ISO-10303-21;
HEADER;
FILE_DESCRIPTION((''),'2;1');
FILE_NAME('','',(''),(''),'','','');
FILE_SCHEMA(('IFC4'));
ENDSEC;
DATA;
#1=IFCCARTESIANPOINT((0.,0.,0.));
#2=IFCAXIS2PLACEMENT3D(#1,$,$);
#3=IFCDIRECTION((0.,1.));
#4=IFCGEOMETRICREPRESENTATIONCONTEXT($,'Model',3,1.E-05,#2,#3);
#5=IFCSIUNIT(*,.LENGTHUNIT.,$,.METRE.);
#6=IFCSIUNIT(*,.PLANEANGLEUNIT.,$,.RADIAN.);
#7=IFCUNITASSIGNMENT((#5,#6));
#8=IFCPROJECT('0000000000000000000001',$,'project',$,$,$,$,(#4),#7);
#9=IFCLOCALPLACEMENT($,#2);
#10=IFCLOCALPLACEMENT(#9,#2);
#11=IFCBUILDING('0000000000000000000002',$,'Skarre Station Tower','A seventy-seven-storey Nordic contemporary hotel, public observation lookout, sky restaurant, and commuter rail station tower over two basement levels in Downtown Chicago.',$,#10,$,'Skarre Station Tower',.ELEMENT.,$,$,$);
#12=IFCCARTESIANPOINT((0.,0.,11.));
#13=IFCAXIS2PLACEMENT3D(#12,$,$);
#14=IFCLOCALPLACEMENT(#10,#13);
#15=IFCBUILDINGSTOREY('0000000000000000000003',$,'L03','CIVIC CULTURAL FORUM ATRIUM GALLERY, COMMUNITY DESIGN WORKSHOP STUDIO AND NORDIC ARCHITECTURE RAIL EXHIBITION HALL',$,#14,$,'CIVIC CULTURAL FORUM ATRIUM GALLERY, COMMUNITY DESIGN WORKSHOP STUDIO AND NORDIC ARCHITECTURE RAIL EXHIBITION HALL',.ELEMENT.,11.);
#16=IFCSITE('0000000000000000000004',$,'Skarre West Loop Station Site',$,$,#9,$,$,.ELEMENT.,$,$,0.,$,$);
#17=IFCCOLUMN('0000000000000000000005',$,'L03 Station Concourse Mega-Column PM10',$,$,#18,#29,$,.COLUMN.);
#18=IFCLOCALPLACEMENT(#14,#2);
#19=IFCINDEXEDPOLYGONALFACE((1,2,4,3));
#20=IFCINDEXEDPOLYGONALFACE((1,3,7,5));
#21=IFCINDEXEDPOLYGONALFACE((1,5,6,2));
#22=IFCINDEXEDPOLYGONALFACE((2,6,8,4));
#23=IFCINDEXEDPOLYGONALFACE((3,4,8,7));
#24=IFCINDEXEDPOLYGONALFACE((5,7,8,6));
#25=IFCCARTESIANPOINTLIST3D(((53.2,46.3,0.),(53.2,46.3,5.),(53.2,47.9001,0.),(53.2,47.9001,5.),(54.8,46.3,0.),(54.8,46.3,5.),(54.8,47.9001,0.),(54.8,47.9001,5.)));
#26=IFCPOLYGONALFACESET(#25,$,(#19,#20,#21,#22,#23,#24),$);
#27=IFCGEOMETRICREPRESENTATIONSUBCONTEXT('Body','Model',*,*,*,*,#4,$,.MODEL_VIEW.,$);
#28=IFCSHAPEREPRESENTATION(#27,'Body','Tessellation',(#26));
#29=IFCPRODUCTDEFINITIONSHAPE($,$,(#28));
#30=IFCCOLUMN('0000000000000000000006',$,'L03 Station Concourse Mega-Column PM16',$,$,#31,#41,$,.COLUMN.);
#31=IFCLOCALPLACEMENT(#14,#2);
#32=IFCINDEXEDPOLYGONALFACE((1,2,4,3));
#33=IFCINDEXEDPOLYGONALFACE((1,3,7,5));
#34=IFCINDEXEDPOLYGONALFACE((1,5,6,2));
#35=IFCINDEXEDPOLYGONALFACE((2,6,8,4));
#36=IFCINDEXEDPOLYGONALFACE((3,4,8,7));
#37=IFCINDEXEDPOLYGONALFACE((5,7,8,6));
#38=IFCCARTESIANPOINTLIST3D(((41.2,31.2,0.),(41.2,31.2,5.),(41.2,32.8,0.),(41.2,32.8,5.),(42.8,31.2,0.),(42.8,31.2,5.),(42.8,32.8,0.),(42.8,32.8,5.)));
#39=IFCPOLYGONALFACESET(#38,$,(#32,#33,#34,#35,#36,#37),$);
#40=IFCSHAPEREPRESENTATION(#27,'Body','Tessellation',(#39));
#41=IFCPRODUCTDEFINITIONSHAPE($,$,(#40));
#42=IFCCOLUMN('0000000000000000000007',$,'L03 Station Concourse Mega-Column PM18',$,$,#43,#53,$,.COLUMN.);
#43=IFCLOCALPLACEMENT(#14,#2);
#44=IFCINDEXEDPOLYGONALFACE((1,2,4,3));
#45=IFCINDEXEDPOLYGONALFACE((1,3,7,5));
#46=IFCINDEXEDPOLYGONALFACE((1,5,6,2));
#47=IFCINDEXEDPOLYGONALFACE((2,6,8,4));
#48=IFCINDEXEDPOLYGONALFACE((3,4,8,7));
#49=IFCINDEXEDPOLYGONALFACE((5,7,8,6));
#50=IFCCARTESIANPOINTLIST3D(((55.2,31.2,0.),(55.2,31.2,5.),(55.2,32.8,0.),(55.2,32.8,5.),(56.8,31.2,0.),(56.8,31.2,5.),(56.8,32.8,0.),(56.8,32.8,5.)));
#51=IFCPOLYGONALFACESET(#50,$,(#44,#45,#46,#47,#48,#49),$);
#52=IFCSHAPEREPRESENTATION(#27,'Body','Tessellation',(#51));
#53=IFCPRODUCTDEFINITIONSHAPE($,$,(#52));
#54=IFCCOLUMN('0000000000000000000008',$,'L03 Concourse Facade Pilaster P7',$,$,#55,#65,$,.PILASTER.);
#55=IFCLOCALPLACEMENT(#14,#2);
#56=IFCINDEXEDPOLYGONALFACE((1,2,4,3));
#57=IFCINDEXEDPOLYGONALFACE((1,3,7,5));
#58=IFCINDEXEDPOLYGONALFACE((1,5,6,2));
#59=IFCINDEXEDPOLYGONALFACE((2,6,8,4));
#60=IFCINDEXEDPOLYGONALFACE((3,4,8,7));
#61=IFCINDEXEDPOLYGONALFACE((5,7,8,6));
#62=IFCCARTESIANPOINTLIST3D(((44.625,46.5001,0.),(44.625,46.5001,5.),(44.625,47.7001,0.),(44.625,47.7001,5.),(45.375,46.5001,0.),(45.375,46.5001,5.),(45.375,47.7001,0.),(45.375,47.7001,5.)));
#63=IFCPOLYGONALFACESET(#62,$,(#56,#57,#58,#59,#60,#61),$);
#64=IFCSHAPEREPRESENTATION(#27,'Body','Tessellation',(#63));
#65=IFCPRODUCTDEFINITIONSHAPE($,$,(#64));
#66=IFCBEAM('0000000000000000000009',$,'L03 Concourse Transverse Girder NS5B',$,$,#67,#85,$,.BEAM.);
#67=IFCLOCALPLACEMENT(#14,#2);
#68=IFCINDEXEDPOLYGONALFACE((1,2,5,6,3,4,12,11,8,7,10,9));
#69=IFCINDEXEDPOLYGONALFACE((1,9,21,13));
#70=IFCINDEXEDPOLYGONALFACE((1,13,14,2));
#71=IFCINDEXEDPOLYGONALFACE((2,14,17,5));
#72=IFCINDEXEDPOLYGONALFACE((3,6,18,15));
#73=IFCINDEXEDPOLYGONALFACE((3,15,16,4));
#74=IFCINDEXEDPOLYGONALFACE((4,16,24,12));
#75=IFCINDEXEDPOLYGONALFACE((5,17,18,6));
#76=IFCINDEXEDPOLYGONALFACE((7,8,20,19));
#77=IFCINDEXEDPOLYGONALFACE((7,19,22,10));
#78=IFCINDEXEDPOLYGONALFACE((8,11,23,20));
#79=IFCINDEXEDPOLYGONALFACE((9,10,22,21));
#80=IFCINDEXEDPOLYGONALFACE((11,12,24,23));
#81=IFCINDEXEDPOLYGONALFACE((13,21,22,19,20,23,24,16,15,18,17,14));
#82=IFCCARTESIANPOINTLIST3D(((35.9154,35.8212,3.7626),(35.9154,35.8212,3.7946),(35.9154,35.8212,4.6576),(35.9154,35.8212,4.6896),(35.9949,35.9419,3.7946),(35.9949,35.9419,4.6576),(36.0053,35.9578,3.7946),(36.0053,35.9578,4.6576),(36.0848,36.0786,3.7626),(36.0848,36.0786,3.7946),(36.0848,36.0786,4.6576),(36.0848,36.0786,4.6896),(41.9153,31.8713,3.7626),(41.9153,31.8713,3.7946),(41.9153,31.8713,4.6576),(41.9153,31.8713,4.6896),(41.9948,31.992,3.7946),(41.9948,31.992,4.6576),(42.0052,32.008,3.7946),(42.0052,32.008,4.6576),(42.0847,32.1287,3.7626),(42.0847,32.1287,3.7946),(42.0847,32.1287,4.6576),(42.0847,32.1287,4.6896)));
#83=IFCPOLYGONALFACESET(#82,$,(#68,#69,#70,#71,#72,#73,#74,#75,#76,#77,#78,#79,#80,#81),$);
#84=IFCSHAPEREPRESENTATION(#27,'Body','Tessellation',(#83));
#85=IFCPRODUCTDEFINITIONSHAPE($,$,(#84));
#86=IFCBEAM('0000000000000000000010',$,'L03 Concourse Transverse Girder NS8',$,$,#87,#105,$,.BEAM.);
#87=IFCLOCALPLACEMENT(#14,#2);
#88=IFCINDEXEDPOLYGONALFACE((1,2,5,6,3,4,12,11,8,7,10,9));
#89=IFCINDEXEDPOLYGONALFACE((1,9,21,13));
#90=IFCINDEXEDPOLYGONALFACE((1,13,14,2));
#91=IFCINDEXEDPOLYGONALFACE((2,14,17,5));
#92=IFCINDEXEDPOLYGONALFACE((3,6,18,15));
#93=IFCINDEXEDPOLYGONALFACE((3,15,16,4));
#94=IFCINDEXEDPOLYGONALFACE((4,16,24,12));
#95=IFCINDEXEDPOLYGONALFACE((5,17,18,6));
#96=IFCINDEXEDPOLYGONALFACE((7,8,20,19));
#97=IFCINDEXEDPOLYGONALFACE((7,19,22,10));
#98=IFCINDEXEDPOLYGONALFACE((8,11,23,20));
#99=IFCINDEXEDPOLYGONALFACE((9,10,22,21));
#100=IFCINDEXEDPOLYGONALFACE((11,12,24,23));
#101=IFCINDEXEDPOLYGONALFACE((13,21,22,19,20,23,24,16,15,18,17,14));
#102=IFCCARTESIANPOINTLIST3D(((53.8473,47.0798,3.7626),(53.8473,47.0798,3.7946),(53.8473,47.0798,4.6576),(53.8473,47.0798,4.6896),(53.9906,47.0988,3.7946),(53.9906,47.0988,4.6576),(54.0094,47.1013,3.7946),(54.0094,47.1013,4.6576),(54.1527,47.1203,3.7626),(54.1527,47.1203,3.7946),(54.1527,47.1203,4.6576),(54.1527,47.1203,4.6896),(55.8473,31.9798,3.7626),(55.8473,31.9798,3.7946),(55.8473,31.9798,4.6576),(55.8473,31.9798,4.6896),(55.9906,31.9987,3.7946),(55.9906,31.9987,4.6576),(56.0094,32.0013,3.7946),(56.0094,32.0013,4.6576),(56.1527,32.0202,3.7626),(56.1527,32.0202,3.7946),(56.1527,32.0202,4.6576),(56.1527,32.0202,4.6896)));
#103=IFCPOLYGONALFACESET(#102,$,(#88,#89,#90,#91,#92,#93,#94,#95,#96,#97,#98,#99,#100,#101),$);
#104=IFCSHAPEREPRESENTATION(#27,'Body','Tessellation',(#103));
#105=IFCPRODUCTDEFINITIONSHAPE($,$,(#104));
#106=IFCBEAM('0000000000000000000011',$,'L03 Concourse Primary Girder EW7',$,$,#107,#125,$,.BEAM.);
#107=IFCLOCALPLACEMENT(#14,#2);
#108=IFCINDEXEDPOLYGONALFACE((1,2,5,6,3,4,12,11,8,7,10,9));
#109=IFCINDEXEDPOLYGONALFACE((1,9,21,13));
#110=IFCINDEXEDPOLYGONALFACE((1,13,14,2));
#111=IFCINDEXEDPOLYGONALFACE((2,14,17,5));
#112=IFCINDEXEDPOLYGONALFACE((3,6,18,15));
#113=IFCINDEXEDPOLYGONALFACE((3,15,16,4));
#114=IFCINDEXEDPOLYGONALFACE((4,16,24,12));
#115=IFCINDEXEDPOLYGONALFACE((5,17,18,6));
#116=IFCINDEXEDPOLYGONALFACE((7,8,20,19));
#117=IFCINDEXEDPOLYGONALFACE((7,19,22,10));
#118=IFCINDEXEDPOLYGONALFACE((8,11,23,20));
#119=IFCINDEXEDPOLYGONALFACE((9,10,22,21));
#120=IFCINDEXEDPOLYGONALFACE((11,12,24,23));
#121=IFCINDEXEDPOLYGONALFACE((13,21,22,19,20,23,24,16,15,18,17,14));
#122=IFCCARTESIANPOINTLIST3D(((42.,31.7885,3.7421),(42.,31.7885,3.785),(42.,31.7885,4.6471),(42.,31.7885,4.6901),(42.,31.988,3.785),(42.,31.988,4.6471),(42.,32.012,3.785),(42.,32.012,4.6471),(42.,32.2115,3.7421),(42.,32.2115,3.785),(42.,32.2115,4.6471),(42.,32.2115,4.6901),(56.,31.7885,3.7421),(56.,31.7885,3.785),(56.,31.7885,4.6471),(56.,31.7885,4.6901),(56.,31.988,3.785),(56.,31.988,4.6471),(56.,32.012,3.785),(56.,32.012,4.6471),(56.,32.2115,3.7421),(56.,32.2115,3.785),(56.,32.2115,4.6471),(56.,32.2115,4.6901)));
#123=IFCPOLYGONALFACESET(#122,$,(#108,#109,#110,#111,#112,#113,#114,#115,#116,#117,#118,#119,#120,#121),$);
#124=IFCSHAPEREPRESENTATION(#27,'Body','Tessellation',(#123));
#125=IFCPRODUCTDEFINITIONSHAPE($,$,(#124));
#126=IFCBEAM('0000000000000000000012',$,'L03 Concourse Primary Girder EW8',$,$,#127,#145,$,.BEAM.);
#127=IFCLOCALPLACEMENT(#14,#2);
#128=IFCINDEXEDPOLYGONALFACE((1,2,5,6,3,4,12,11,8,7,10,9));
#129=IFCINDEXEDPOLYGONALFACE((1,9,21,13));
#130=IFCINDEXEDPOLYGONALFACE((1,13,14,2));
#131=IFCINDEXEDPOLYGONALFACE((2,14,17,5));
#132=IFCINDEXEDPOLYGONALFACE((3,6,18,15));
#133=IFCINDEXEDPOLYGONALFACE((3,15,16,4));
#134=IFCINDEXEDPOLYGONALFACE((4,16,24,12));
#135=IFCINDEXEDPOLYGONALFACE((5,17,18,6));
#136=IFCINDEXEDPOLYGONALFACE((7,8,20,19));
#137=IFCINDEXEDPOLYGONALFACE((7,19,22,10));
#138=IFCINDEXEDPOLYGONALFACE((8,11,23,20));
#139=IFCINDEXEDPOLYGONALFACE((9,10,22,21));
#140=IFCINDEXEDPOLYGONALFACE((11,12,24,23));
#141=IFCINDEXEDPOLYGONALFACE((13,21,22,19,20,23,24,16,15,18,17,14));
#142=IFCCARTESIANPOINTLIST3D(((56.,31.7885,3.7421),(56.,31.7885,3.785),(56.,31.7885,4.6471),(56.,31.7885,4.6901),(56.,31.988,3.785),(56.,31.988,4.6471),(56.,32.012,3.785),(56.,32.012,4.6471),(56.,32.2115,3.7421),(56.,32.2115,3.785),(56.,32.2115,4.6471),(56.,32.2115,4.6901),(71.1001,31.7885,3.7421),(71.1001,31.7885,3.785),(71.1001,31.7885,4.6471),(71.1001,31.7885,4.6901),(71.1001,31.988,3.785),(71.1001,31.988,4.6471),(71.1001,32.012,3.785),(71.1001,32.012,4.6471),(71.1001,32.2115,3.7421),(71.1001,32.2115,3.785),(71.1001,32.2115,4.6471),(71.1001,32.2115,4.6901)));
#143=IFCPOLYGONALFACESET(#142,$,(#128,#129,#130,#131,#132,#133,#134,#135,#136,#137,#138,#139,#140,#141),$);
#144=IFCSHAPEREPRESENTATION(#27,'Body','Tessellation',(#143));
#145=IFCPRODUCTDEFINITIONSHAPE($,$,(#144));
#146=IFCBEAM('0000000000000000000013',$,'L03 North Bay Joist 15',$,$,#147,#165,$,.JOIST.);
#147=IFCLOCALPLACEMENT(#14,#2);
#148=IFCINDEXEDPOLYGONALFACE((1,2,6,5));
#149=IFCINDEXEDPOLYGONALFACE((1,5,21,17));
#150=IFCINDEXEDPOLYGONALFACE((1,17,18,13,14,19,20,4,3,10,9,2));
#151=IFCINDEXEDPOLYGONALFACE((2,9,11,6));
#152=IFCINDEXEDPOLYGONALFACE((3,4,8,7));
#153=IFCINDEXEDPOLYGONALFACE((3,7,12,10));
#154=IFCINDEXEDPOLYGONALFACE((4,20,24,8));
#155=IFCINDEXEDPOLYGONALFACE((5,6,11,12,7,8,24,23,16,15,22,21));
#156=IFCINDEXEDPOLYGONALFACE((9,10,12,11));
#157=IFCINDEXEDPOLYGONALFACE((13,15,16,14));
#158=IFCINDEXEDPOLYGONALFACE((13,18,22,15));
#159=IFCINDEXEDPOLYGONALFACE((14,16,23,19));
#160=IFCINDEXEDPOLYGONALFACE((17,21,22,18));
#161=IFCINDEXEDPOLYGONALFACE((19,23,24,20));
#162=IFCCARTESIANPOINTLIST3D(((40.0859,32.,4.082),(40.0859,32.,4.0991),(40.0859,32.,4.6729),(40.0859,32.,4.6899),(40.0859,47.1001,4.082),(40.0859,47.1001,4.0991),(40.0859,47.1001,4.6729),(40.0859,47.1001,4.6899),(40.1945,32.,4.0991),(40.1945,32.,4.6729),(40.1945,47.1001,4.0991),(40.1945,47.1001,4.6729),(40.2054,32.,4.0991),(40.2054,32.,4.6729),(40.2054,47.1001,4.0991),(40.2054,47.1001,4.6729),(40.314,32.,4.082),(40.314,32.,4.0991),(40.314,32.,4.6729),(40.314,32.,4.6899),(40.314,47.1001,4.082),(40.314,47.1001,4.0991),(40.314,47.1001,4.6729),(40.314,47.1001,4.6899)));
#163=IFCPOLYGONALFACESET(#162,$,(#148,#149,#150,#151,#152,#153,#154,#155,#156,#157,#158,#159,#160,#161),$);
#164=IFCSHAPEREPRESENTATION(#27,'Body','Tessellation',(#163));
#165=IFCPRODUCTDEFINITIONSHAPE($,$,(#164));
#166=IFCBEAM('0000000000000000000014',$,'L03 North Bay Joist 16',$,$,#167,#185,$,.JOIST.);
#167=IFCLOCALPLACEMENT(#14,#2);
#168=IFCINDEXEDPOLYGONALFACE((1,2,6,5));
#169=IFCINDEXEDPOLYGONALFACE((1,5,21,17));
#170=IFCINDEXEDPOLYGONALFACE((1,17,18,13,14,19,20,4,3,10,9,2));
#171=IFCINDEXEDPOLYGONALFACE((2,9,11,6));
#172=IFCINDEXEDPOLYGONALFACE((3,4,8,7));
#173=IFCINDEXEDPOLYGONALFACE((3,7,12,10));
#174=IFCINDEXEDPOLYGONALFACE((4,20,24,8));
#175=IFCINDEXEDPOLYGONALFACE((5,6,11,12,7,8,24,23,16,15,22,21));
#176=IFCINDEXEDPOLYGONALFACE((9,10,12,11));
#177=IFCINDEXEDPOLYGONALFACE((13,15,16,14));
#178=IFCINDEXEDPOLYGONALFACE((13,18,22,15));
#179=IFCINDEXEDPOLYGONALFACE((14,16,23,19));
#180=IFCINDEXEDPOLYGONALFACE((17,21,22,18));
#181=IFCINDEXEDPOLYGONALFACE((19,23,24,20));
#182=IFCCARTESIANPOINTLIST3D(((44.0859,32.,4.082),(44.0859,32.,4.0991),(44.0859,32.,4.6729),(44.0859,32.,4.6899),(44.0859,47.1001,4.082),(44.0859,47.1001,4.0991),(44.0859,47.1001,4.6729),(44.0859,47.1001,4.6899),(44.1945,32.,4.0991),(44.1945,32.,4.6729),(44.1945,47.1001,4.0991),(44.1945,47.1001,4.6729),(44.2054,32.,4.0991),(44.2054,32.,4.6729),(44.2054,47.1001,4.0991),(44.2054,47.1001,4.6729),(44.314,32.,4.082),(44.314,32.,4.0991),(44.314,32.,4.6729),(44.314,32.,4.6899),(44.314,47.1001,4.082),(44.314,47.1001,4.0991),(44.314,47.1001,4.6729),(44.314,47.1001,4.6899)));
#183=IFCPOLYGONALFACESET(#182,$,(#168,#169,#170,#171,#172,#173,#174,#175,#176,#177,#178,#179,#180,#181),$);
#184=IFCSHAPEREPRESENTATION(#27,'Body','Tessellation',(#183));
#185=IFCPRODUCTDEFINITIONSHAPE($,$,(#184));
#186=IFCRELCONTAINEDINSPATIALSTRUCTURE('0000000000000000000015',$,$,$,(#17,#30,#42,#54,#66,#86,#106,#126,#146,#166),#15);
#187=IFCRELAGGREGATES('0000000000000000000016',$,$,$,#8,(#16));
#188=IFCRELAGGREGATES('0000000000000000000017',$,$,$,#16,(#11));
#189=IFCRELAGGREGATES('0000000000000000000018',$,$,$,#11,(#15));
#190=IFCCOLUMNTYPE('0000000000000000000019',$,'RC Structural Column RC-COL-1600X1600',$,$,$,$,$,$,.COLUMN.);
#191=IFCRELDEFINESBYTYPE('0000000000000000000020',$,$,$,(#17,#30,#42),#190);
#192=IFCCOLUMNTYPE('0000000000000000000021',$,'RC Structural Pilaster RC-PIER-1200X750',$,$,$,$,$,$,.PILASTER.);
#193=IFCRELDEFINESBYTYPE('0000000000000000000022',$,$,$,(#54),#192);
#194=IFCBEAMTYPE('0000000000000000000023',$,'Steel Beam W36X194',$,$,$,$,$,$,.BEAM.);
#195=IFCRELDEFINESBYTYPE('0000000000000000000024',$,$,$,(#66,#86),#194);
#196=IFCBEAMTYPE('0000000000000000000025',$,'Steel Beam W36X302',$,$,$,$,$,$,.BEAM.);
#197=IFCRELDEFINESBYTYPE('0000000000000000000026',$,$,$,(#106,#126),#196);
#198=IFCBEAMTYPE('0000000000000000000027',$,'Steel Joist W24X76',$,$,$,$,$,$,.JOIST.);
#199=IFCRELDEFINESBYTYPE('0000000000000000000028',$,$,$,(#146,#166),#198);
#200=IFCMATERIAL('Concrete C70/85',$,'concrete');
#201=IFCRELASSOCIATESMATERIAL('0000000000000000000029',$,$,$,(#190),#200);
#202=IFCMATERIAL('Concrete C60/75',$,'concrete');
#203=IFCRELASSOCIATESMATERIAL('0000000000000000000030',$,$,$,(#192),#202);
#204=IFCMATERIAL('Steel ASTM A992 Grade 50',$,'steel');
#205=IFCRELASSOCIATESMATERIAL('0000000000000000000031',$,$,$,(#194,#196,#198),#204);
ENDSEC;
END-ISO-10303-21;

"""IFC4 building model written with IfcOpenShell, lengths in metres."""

from ifc_helpers import new_model, si_unit, direction, frame, origin, origin_2d, place, context, subcontext, project, spatial, rectangle, i_section, extrude, material, material_profile, profile_set, type_object, element, save


model = new_model("IFC4")

# Units and contexts
model_context = context("Model", 3, precision=1e-05, world=origin(), true_north=direction((0.0, 1.0)))
body_context = subcontext(model_context, "Body", "Model", "MODEL_VIEW")
ifc_project = project(units=[si_unit("LENGTHUNIT", "METRE"), si_unit("PLANEANGLEUNIT", "RADIAN")], contexts=[model_context])

# Site, building, storey
site_placement = place(None, origin())
site = spatial("IfcSite", under=ifc_project, at=site_placement, Name="Skarre West Loop Station Site", CompositionType="ELEMENT", RefElevation=0.0)
building_placement = place(site_placement, origin())
building = spatial("IfcBuilding", under=site, at=building_placement, Name="Skarre Station Tower", Description="A seventy-seven-storey Nordic contemporary hotel, public observation lookout, sky restaurant, and commuter rail station tower over two basement levels in Downtown Chicago.", LongName="Skarre Station Tower", CompositionType="ELEMENT")
storey_placement = place(building_placement, frame((0.0, 0.0, 11.0)))
storey = spatial("IfcBuildingStorey", under=building, at=storey_placement, Name="L03", Description="CIVIC CULTURAL FORUM ATRIUM GALLERY, COMMUNITY DESIGN WORKSHOP STUDIO AND NORDIC ARCHITECTURE RAIL EXHIBITION HALL", LongName="CIVIC CULTURAL FORUM ATRIUM GALLERY, COMMUNITY DESIGN WORKSHOP STUDIO AND NORDIC ARCHITECTURE RAIL EXHIBITION HALL", CompositionType="ELEMENT", Elevation=11.0)

# Columns
ifc_material_1 = material(Name="Concrete C70/85", Category="concrete")
ifc_material_profile_1 = material_profile(ifc_material_1, rectangle(XDim=1.6001, YDim=1.6001, at=origin_2d()), Name="Concrete C70/85")
ifc_profile_set_1 = profile_set([ifc_material_profile_1], Name="Concrete C70/85")
column_type_1 = type_object("IfcColumnType", Name="RC Structural Column RC-COL-1600X1600", PredefinedType="COLUMN", material=ifc_profile_set_1)
for number, where, z_axis, x_axis, name in (
    (1, (54.0, 47.1001, 0.0), (0.0, 0.0, 1.0), (1.0, 0.0, 0.0), "L03 Station Concourse Mega-Column PM10"),
    (2, (42.0, 32.0, 0.0), (0.0, 0.0, 1.0), (1.0, 0.0, 0.0), "L03 Station Concourse Mega-Column PM16"),
    (3, (56.0, 32.0, 0.0), (0.0, 0.0, 1.0), (1.0, 0.0, 0.0), "L03 Station Concourse Mega-Column PM18"),
):
    element("IfcColumn", number, at=place(storey_placement, frame(where, z_axis=z_axis, x_axis=x_axis)), inside=storey, type_object=column_type_1, Name=name, PredefinedType="COLUMN", context=body_context, shape_type="SweptSolid", body=[
        extrude(rectangle(XDim=1.6001, YDim=1.6001, at=origin_2d()), origin(), (0.0, 0.0, 1.0), 5.0),
    ])
ifc_material_2 = material(Name="Concrete C60/75", Category="concrete")
ifc_material_profile_2 = material_profile(ifc_material_2, rectangle(XDim=0.75, YDim=1.2, at=origin_2d()), Name="Concrete C60/75")
ifc_profile_set_2 = profile_set([ifc_material_profile_2], Name="Concrete C60/75")
column_type_2 = type_object("IfcColumnType", Name="RC Structural Pilaster RC-PIER-1200X750", PredefinedType="PILASTER", material=ifc_profile_set_2)
column_placement = place(storey_placement, frame((45.0, 47.1001, 0.0), z_axis=(0.0, 0.0, 1.0), x_axis=(1.0, 0.0, 0.0)))
element("IfcColumn", 4, at=column_placement, inside=storey, type_object=column_type_2, Name="L03 Concourse Facade Pilaster P7", PredefinedType="PILASTER", context=body_context, shape_type="SweptSolid", body=[
    extrude(rectangle(XDim=0.75, YDim=1.2, at=origin_2d()), origin(), (0.0, 0.0, 1.0), 5.0),
])

# Beams
ifc_material_3 = material(Name="Steel ASTM A992 Grade 50", Category="steel")
ifc_material_profile_3 = material_profile(ifc_material_3, i_section(OverallWidth=0.3081, OverallDepth=0.927, WebThickness=0.019, FlangeThickness=0.032, at=origin_2d()), Name="Steel ASTM A992 Grade 50")
ifc_profile_set_3 = profile_set([ifc_material_profile_3], Name="Steel ASTM A992 Grade 50")
beam_type_1 = type_object("IfcBeamType", Name="Steel Beam W36X194", PredefinedType="BEAM", material=ifc_profile_set_3)
beam_1_placement = place(storey_placement, frame((42.0, 32.0, 4.2261), z_axis=(-0.835252, 0.549867, 0.0), x_axis=(-0.549867, -0.835252, 0.0)))
element("IfcBeam", 5, at=beam_1_placement, inside=storey, type_object=beam_type_1, Name="L03 Concourse Transverse Girder NS5B", PredefinedType="BEAM", context=body_context, shape_type="SweptSolid", body=[
    extrude(i_section(OverallWidth=0.3081, OverallDepth=0.927, WebThickness=0.019, FlangeThickness=0.032, at=origin_2d()), origin(), (0.0, 0.0, 1.0), 7.1833),
])
beam_2_placement = place(storey_placement, frame((56.0, 32.0, 4.2261), z_axis=(-0.131303, 0.991342, 0.0), x_axis=(-0.991342, -0.131303, 0.0)))
element("IfcBeam", 6, at=beam_2_placement, inside=storey, type_object=beam_type_1, Name="L03 Concourse Transverse Girder NS8", PredefinedType="BEAM", context=body_context, shape_type="SweptSolid", body=[
    extrude(i_section(OverallWidth=0.3081, OverallDepth=0.927, WebThickness=0.019, FlangeThickness=0.032, at=origin_2d()), origin(), (0.0, 0.0, 1.0), 15.2319),
])
ifc_material_profile_4 = material_profile(ifc_material_3, i_section(OverallWidth=0.4231, OverallDepth=0.948, WebThickness=0.0239, FlangeThickness=0.043, at=origin_2d()), Name="Steel ASTM A992 Grade 50")
ifc_profile_set_4 = profile_set([ifc_material_profile_4], Name="Steel ASTM A992 Grade 50")
beam_type_2 = type_object("IfcBeamType", Name="Steel Beam W36X302", PredefinedType="BEAM", material=ifc_profile_set_4)
beam_3_placement = place(storey_placement, frame((42.0, 32.0, 4.2161), z_axis=(1.0, 0.0, 0.0), x_axis=(0.0, 1.0, 0.0)))
element("IfcBeam", 7, at=beam_3_placement, inside=storey, type_object=beam_type_2, Name="L03 Concourse Primary Girder EW7", PredefinedType="BEAM", context=body_context, shape_type="SweptSolid", body=[
    extrude(i_section(OverallWidth=0.4231, OverallDepth=0.948, WebThickness=0.0239, FlangeThickness=0.043, at=origin_2d()), origin(), (0.0, 0.0, 1.0), 14.0),
])
beam_4_placement = place(storey_placement, frame((56.0, 32.0, 4.2161), z_axis=(1.0, 0.0, 0.0), x_axis=(0.0, 1.0, 0.0)))
element("IfcBeam", 8, at=beam_4_placement, inside=storey, type_object=beam_type_2, Name="L03 Concourse Primary Girder EW8", PredefinedType="BEAM", context=body_context, shape_type="SweptSolid", body=[
    extrude(i_section(OverallWidth=0.4231, OverallDepth=0.948, WebThickness=0.0239, FlangeThickness=0.043, at=origin_2d()), origin(), (0.0, 0.0, 1.0), 15.1001),
])
ifc_material_profile_5 = material_profile(ifc_material_3, i_section(OverallWidth=0.228, OverallDepth=0.6079, WebThickness=0.011, FlangeThickness=0.0171, at=origin_2d()), Name="Steel ASTM A992 Grade 50")
ifc_profile_set_5 = profile_set([ifc_material_profile_5], Name="Steel ASTM A992 Grade 50")
beam_type_3 = type_object("IfcBeamType", Name="Steel Joist W24X76", PredefinedType="JOIST", material=ifc_profile_set_5)
for number, where, z_axis, x_axis, name in (
    (9, (40.2, 32.0, 4.386), (0.0, 1.0, 0.0), (-1.0, 0.0, 0.0), "L03 North Bay Joist 15"),
    (10, (44.2, 32.0, 4.386), (0.0, 1.0, 0.0), (-1.0, 0.0, 0.0), "L03 North Bay Joist 16"),
):
    element("IfcBeam", number, at=place(storey_placement, frame(where, z_axis=z_axis, x_axis=x_axis)), inside=storey, type_object=beam_type_3, Name=name, PredefinedType="JOIST", context=body_context, shape_type="SweptSolid", body=[
        extrude(i_section(OverallWidth=0.228, OverallDepth=0.6079, WebThickness=0.011, FlangeThickness=0.0171, at=origin_2d()), origin(), (0.0, 0.0, 1.0), 15.1001),
    ])

save(model, "model.ifc")
